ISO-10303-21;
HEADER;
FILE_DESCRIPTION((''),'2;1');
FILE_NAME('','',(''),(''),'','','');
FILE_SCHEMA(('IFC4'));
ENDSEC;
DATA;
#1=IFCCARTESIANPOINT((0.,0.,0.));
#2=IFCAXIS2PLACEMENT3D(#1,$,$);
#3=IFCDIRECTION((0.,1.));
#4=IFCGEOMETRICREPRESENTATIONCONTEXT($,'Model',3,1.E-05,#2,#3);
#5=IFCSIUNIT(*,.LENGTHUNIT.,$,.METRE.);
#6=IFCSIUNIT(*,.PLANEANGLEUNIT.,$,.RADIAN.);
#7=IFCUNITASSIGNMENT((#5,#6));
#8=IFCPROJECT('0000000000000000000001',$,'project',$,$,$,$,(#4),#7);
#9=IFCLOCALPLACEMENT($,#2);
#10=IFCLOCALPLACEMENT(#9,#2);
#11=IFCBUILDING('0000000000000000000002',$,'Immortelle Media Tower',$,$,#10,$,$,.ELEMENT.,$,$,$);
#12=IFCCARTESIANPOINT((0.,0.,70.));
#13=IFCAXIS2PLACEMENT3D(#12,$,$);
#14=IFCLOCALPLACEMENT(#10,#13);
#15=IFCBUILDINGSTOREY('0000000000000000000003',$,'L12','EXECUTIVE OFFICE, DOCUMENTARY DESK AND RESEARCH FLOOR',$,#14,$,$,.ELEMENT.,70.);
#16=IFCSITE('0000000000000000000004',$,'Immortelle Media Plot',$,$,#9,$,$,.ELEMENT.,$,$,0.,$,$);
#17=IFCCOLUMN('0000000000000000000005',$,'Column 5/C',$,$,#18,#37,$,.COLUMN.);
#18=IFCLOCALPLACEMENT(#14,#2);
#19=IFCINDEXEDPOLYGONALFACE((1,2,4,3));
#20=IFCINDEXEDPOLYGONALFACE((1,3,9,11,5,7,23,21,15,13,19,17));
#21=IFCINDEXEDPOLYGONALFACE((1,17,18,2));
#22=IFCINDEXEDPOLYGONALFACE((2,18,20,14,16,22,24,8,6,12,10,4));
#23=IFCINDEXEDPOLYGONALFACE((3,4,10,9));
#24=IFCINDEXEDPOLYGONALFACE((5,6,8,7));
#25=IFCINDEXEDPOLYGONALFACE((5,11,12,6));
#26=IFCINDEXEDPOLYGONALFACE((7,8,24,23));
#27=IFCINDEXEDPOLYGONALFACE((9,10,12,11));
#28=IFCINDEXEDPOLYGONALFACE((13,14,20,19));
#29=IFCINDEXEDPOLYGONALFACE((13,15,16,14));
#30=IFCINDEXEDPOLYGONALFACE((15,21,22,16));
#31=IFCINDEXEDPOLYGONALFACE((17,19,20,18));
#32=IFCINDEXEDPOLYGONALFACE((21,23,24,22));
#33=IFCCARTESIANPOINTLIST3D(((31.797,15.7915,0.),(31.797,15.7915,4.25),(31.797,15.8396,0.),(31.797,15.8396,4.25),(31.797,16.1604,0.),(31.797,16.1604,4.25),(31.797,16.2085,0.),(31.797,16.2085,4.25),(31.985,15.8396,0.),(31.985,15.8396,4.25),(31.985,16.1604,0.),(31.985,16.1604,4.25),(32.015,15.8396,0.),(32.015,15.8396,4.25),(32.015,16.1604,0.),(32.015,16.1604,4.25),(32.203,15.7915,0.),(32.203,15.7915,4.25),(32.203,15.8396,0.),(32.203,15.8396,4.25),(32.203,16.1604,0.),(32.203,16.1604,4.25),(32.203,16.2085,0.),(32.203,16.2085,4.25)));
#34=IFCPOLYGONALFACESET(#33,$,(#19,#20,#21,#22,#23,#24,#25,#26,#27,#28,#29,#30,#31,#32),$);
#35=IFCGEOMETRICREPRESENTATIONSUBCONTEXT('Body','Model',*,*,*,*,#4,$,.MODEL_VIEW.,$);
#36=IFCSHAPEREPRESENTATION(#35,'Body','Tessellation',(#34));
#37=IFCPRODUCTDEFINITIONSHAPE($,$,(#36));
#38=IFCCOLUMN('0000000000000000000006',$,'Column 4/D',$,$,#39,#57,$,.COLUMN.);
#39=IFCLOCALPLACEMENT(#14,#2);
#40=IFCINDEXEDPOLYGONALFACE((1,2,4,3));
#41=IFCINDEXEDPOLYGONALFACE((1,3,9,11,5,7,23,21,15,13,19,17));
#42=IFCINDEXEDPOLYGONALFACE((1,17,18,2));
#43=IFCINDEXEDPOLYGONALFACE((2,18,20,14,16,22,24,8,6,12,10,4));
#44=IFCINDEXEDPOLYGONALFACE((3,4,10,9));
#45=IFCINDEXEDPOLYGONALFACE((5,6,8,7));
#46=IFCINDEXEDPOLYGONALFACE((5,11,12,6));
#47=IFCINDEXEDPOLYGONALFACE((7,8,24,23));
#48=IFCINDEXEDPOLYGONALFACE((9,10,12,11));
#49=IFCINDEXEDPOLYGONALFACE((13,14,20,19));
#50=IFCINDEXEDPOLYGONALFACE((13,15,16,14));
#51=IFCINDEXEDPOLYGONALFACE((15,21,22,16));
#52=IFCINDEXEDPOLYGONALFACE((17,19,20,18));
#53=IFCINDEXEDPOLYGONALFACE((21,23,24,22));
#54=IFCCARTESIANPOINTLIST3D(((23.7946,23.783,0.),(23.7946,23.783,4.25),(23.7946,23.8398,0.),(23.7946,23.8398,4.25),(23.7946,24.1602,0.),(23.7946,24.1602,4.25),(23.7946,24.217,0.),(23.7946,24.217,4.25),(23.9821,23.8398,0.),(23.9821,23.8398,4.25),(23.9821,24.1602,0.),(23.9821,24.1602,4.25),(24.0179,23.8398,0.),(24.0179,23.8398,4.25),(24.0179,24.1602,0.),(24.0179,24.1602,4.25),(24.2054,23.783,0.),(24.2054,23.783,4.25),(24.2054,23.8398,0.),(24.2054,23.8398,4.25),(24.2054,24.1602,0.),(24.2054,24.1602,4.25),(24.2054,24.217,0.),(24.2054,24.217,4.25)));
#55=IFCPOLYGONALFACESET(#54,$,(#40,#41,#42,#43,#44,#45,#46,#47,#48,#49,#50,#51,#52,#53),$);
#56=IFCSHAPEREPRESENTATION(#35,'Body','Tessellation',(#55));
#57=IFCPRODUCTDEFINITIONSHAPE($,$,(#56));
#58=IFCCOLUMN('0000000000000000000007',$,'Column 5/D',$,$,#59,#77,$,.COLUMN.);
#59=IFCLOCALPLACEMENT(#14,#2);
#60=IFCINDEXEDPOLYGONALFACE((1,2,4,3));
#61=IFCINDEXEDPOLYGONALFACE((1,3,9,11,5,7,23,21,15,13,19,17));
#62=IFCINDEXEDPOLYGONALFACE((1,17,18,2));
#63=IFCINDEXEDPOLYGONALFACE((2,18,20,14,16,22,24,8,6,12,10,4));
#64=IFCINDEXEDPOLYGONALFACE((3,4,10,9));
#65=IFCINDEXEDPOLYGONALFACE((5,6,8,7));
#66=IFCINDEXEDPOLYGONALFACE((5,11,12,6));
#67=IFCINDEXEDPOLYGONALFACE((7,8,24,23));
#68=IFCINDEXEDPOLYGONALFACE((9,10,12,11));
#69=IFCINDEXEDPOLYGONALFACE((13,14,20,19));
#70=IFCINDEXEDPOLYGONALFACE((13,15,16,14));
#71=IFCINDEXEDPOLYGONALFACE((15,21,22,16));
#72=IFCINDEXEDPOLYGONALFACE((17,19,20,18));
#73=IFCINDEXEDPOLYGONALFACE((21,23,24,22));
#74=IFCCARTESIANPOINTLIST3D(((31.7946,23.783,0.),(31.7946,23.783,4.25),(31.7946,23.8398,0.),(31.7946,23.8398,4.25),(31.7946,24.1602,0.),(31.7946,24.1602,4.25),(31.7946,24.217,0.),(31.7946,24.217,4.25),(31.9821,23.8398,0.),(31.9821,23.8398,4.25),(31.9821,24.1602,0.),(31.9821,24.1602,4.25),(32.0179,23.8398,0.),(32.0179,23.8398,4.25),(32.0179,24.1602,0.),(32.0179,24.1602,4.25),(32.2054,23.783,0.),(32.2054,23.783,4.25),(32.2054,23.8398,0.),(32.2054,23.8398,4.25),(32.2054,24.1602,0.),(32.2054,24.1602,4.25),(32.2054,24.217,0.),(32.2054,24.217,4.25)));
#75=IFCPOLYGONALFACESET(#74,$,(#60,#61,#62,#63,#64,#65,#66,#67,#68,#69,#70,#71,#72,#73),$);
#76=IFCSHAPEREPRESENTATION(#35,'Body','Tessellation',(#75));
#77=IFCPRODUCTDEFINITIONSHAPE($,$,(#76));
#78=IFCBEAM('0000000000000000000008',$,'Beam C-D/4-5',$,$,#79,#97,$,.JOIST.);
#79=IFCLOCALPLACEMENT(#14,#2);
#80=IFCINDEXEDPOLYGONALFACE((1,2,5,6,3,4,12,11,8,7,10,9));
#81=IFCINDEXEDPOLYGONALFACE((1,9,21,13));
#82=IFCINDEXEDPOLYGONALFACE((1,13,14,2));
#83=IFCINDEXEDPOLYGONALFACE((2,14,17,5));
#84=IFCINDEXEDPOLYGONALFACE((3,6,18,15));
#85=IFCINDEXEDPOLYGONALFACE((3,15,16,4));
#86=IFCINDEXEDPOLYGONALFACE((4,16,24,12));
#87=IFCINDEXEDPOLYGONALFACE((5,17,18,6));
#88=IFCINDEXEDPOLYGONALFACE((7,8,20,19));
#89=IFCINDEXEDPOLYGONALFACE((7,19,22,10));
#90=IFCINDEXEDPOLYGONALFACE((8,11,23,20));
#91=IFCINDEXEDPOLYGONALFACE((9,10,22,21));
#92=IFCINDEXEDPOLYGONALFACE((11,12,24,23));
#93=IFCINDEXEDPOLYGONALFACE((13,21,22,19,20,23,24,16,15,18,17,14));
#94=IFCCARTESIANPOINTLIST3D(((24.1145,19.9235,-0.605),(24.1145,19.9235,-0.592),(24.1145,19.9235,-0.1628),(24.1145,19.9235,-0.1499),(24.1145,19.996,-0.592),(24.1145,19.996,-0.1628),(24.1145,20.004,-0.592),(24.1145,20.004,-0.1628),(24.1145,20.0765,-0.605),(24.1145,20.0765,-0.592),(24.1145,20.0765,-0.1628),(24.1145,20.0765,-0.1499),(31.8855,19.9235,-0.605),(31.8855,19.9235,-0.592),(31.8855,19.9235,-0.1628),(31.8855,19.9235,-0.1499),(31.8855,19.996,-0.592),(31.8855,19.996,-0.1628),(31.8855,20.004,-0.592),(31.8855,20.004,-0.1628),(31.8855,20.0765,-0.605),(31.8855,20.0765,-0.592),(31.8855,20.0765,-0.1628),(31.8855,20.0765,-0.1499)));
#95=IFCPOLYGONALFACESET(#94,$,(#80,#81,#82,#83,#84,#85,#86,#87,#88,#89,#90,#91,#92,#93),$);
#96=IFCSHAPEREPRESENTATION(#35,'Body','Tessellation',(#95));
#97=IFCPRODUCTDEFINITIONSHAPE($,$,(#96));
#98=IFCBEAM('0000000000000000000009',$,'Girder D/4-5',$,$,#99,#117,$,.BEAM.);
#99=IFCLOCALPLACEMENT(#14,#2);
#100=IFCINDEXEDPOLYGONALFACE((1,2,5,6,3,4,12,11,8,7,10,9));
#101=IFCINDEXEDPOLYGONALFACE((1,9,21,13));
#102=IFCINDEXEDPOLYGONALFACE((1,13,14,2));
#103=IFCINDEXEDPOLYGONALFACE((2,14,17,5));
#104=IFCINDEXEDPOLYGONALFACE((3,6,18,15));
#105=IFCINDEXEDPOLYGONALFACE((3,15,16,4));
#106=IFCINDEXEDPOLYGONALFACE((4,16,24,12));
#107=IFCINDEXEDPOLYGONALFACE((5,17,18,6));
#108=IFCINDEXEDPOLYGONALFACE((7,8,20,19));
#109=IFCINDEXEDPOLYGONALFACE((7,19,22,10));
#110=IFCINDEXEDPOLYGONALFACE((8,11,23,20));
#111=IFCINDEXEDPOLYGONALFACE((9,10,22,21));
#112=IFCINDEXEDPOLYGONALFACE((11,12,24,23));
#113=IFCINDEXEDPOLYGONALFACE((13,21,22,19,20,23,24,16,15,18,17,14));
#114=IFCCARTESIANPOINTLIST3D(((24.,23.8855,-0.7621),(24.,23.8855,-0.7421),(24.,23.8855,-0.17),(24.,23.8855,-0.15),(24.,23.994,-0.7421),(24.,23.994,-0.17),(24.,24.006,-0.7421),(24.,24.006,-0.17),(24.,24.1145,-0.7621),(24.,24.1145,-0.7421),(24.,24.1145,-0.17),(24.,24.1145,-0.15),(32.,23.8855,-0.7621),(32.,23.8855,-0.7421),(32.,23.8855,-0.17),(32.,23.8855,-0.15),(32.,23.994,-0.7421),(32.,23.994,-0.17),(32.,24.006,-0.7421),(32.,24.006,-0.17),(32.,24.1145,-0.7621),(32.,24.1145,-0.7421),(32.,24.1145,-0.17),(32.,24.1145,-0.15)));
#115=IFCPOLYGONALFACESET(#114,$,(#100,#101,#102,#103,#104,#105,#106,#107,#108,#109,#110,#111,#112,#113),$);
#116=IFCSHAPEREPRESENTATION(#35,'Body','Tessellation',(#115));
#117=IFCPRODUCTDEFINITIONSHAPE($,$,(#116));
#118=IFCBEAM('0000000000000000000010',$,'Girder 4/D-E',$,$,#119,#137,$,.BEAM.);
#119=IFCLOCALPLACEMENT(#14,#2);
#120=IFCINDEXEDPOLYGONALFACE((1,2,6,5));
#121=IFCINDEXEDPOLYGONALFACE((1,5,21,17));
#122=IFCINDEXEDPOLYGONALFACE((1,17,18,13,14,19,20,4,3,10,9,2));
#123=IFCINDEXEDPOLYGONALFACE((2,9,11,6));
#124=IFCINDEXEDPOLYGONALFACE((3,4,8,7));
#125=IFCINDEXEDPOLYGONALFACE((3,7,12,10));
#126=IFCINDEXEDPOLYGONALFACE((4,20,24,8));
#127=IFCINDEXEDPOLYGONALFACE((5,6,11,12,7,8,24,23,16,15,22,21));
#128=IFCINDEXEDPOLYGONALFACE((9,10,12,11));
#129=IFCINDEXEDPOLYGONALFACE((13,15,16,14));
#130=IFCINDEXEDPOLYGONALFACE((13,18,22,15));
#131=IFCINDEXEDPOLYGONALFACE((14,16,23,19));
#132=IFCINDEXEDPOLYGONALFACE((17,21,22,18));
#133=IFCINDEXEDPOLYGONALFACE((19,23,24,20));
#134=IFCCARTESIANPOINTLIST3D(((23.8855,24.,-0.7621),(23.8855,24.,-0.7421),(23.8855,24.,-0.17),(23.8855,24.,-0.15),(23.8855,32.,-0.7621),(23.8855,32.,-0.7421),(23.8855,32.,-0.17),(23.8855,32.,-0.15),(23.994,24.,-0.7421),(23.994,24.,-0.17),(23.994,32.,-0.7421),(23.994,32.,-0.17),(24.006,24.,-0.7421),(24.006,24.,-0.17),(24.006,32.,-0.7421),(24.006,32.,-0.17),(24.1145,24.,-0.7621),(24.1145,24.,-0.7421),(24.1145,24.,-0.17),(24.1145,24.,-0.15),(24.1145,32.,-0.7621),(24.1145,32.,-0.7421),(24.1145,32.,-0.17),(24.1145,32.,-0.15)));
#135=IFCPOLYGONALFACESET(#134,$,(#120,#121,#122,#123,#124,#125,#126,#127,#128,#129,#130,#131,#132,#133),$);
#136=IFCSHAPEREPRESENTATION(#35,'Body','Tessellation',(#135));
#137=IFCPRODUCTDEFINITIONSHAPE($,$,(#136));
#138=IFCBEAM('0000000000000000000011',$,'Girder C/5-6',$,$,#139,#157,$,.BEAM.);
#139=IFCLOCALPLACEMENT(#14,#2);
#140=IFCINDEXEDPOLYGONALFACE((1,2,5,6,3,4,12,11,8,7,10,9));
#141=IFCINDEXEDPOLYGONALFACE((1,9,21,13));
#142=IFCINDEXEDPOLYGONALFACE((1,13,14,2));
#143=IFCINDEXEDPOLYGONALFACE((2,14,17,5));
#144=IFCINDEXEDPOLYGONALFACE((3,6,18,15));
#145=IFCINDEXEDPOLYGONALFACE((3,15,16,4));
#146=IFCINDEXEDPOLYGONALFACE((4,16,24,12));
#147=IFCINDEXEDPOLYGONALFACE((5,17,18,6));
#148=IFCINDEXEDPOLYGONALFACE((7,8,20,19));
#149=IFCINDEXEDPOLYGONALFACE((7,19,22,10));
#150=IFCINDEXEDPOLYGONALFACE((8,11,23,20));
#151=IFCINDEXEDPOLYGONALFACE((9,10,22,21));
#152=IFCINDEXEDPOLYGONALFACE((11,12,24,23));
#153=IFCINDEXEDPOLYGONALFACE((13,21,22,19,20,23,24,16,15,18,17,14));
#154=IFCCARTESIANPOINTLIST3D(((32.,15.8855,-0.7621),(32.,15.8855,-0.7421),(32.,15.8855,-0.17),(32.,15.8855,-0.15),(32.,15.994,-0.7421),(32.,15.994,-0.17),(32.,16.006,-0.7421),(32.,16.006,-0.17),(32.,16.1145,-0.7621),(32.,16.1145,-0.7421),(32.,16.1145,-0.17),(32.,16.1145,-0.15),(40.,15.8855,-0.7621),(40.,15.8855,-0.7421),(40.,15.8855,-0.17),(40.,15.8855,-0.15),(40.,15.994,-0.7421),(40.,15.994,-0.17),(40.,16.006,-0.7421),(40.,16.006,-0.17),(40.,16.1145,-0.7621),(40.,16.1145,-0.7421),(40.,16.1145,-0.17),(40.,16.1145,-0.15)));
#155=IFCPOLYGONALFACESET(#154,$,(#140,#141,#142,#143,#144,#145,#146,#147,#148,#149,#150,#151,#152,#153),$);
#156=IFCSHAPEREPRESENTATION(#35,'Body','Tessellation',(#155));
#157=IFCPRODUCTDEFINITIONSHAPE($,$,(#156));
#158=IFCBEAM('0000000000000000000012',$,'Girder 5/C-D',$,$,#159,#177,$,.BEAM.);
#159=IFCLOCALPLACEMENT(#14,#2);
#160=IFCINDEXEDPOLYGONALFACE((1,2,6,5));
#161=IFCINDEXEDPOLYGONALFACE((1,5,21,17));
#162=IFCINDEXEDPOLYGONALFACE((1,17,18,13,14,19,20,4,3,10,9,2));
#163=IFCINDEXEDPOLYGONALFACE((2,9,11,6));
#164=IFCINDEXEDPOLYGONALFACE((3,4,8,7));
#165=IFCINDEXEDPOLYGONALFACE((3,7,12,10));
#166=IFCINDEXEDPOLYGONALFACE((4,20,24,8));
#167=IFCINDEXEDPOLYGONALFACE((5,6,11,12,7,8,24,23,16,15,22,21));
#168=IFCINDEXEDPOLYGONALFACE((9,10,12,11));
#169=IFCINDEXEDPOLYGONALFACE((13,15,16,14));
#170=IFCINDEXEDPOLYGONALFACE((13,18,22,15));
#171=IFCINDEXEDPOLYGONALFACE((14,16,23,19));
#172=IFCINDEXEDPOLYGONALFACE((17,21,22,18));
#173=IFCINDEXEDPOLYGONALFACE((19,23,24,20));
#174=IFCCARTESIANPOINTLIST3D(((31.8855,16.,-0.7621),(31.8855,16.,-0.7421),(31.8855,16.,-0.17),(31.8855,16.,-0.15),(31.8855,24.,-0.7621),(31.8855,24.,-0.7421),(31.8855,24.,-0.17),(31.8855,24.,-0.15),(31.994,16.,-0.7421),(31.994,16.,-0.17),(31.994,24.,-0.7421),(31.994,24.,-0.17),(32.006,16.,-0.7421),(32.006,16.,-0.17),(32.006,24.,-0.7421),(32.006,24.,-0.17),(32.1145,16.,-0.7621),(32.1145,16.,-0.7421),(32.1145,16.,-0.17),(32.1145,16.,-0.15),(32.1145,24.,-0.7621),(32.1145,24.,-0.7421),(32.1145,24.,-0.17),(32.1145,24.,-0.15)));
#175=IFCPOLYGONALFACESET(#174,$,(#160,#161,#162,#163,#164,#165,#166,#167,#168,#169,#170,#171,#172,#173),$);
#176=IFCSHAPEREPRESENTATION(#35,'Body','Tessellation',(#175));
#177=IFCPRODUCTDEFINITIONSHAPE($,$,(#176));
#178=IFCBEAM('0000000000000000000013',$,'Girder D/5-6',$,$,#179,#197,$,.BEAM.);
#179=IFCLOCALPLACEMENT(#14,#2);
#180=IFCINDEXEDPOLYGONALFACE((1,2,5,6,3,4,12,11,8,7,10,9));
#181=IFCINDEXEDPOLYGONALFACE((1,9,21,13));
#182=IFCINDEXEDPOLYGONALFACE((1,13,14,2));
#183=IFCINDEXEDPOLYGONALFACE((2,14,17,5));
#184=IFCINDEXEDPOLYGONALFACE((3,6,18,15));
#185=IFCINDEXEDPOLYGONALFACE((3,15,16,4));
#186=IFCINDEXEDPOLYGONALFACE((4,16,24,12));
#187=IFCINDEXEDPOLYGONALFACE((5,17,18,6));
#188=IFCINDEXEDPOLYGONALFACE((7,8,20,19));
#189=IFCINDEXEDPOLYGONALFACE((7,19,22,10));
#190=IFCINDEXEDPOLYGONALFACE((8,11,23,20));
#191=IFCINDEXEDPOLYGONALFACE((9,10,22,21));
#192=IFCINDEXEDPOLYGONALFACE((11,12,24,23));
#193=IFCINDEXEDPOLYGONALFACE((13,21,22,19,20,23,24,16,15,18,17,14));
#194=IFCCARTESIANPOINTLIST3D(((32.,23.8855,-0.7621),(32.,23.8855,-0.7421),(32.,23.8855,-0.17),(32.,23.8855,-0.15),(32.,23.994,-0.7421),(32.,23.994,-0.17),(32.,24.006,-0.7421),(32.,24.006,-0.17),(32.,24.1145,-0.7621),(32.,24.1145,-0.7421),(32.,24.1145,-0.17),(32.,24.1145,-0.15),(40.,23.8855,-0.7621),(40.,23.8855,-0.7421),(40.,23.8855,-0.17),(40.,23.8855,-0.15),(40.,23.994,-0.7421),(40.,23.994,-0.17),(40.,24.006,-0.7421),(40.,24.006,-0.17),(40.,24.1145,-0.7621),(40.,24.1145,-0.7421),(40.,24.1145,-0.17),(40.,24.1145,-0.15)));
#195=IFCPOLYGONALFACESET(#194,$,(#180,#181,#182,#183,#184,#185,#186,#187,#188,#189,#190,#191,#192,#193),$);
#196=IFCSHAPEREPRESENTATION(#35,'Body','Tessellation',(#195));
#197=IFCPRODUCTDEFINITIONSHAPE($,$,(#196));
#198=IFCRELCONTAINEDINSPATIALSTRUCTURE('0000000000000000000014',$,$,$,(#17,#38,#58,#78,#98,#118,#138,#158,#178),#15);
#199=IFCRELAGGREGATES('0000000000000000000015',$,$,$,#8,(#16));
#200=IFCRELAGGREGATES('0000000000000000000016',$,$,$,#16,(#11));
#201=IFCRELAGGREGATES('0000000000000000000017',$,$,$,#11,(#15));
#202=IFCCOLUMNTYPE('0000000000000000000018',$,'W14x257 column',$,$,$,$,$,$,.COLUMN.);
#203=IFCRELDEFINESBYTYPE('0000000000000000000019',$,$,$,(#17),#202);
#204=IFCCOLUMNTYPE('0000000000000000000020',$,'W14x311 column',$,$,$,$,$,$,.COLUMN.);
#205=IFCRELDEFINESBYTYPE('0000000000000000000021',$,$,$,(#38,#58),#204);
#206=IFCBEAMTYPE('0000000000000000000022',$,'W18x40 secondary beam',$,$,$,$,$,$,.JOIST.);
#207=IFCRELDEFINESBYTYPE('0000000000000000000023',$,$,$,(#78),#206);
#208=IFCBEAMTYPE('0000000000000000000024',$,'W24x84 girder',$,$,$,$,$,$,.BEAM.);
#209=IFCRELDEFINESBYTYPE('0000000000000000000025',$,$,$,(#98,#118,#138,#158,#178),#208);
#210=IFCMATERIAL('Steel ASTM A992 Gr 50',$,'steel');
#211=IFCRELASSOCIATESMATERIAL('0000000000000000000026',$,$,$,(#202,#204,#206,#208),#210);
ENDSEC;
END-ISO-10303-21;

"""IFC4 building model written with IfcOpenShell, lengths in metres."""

from ifc_helpers import new_model, si_unit, direction, frame, origin, origin_2d, place, context, subcontext, project, spatial, i_section, extrude, material, material_profile, profile_set, type_object, element, save


model = new_model("IFC4")

# Units and contexts
model_context = context("Model", 3, precision=1e-05, world=origin(), true_north=direction((0.0, 1.0)))
body_context = subcontext(model_context, "Body", "Model", "MODEL_VIEW")
ifc_project = project(units=[si_unit("LENGTHUNIT", "METRE"), si_unit("PLANEANGLEUNIT", "RADIAN")], contexts=[model_context])

# Site, building, storey
site_placement = place(None, origin())
site = spatial("IfcSite", under=ifc_project, at=site_placement, Name="Immortelle Media Plot", CompositionType="ELEMENT", RefElevation=0.0)
building_placement = place(site_placement, origin())
building = spatial("IfcBuilding", under=site, at=building_placement, Name="Immortelle Media Tower", CompositionType="ELEMENT")
storey_placement = place(building_placement, frame((0.0, 0.0, 70.0)))
storey = spatial("IfcBuildingStorey", under=building, at=storey_placement, Name="L12", Description="EXECUTIVE OFFICE, DOCUMENTARY DESK AND RESEARCH FLOOR", CompositionType="ELEMENT", Elevation=70.0)

# Columns
ifc_material_1 = material(Name="Steel ASTM A992 Gr 50", Category="steel")
ifc_material_profile_1 = material_profile(ifc_material_1, i_section(OverallWidth=0.406, OverallDepth=0.417, WebThickness=0.03, FlangeThickness=0.0481, at=origin_2d()), Name="W14x257")
ifc_profile_set_1 = profile_set([ifc_material_profile_1], Name="Steel ASTM A992 Gr 50")
column_type_1 = type_object("IfcColumnType", Name="W14x257 column", PredefinedType="COLUMN", material=ifc_profile_set_1)
column_placement = place(storey_placement, frame((32.0, 16.0, 0.0), z_axis=(0.0, 0.0, 1.0), x_axis=(1.0, 0.0, 0.0)))
element("IfcColumn", 1, at=column_placement, inside=storey, type_object=column_type_1, Name="Column 5/C", PredefinedType="COLUMN", context=body_context, shape_type="SweptSolid", body=[
    extrude(i_section(OverallWidth=0.406, OverallDepth=0.417, WebThickness=0.03, FlangeThickness=0.0481, at=origin_2d()), origin(), (0.0, 0.0, 1.0), 4.25),
])
ifc_material_profile_2 = material_profile(ifc_material_1, i_section(OverallWidth=0.4109, OverallDepth=0.4341, WebThickness=0.0359, FlangeThickness=0.0569, at=origin_2d()), Name="W14x311")
ifc_profile_set_2 = profile_set([ifc_material_profile_2], Name="Steel ASTM A992 Gr 50")
column_type_2 = type_object("IfcColumnType", Name="W14x311 column", PredefinedType="COLUMN", material=ifc_profile_set_2)
for number, where, z_axis, x_axis, name in (
    (2, (24.0, 24.0, 0.0), (0.0, 0.0, 1.0), (1.0, 0.0, 0.0), "Column 4/D"),
    (3, (32.0, 24.0, 0.0), (0.0, 0.0, 1.0), (1.0, 0.0, 0.0), "Column 5/D"),
):
    element("IfcColumn", number, at=place(storey_placement, frame(where, z_axis=z_axis, x_axis=x_axis)), inside=storey, type_object=column_type_2, Name=name, PredefinedType="COLUMN", context=body_context, shape_type="SweptSolid", body=[
        extrude(i_section(OverallWidth=0.4109, OverallDepth=0.4341, WebThickness=0.0359, FlangeThickness=0.0569, at=origin_2d()), origin(), (0.0, 0.0, 1.0), 4.25),
    ])

# Beams
ifc_material_profile_3 = material_profile(ifc_material_1, i_section(OverallWidth=0.1531, OverallDepth=0.4551, WebThickness=0.0081, FlangeThickness=0.0129, at=origin_2d()), Name="W18x40")
ifc_profile_set_3 = profile_set([ifc_material_profile_3], Name="Steel ASTM A992 Gr 50")
beam_type_1 = type_object("IfcBeamType", Name="W18x40 secondary beam", PredefinedType="JOIST", material=ifc_profile_set_3)
beam_placement = place(storey_placement, frame((24.1145, 20.0, -0.3774), z_axis=(1.0, 0.0, 0.0), x_axis=(0.0, 1.0, 0.0)))
element("IfcBeam", 4, at=beam_placement, inside=storey, type_object=beam_type_1, Name="Beam C-D/4-5", PredefinedType="JOIST", context=body_context, shape_type="SweptSolid", body=[
    extrude(i_section(OverallWidth=0.1531, OverallDepth=0.4551, WebThickness=0.0081, FlangeThickness=0.0129, at=origin_2d()), origin(), (0.0, 0.0, 1.0), 7.771),
])
ifc_material_profile_4 = material_profile(ifc_material_1, i_section(OverallWidth=0.229, OverallDepth=0.6121, WebThickness=0.012, FlangeThickness=0.02, at=origin_2d()), Name="W24x84")
ifc_profile_set_4 = profile_set([ifc_material_profile_4], Name="Steel ASTM A992 Gr 50")
beam_type_2 = type_object("IfcBeamType", Name="W24x84 girder", PredefinedType="BEAM", material=ifc_profile_set_4)
for number, where, z_axis, x_axis, name in (
    (5, (24.0, 24.0, -0.4561), (1.0, 0.0, 0.0), (0.0, 1.0, 0.0), "Girder D/4-5"),
    (6, (24.0, 24.0, -0.4561), (0.0, 1.0, 0.0), (-1.0, 0.0, 0.0), "Girder 4/D-E"),
    (7, (32.0, 16.0, -0.4561), (1.0, 0.0, 0.0), (0.0, 1.0, 0.0), "Girder C/5-6"),
    (8, (32.0, 16.0, -0.4561), (0.0, 1.0, 0.0), (-1.0, 0.0, 0.0), "Girder 5/C-D"),
    (9, (32.0, 24.0, -0.4561), (1.0, 0.0, 0.0), (0.0, 1.0, 0.0), "Girder D/5-6"),
):
    element("IfcBeam", number, at=place(storey_placement, frame(where, z_axis=z_axis, x_axis=x_axis)), inside=storey, type_object=beam_type_2, Name=name, PredefinedType="BEAM", context=body_context, shape_type="SweptSolid", body=[
        extrude(i_section(OverallWidth=0.229, OverallDepth=0.6121, WebThickness=0.012, FlangeThickness=0.02, at=origin_2d()), origin(), (0.0, 0.0, 1.0), 8.0),
    ])

save(model, "model.ifc")
